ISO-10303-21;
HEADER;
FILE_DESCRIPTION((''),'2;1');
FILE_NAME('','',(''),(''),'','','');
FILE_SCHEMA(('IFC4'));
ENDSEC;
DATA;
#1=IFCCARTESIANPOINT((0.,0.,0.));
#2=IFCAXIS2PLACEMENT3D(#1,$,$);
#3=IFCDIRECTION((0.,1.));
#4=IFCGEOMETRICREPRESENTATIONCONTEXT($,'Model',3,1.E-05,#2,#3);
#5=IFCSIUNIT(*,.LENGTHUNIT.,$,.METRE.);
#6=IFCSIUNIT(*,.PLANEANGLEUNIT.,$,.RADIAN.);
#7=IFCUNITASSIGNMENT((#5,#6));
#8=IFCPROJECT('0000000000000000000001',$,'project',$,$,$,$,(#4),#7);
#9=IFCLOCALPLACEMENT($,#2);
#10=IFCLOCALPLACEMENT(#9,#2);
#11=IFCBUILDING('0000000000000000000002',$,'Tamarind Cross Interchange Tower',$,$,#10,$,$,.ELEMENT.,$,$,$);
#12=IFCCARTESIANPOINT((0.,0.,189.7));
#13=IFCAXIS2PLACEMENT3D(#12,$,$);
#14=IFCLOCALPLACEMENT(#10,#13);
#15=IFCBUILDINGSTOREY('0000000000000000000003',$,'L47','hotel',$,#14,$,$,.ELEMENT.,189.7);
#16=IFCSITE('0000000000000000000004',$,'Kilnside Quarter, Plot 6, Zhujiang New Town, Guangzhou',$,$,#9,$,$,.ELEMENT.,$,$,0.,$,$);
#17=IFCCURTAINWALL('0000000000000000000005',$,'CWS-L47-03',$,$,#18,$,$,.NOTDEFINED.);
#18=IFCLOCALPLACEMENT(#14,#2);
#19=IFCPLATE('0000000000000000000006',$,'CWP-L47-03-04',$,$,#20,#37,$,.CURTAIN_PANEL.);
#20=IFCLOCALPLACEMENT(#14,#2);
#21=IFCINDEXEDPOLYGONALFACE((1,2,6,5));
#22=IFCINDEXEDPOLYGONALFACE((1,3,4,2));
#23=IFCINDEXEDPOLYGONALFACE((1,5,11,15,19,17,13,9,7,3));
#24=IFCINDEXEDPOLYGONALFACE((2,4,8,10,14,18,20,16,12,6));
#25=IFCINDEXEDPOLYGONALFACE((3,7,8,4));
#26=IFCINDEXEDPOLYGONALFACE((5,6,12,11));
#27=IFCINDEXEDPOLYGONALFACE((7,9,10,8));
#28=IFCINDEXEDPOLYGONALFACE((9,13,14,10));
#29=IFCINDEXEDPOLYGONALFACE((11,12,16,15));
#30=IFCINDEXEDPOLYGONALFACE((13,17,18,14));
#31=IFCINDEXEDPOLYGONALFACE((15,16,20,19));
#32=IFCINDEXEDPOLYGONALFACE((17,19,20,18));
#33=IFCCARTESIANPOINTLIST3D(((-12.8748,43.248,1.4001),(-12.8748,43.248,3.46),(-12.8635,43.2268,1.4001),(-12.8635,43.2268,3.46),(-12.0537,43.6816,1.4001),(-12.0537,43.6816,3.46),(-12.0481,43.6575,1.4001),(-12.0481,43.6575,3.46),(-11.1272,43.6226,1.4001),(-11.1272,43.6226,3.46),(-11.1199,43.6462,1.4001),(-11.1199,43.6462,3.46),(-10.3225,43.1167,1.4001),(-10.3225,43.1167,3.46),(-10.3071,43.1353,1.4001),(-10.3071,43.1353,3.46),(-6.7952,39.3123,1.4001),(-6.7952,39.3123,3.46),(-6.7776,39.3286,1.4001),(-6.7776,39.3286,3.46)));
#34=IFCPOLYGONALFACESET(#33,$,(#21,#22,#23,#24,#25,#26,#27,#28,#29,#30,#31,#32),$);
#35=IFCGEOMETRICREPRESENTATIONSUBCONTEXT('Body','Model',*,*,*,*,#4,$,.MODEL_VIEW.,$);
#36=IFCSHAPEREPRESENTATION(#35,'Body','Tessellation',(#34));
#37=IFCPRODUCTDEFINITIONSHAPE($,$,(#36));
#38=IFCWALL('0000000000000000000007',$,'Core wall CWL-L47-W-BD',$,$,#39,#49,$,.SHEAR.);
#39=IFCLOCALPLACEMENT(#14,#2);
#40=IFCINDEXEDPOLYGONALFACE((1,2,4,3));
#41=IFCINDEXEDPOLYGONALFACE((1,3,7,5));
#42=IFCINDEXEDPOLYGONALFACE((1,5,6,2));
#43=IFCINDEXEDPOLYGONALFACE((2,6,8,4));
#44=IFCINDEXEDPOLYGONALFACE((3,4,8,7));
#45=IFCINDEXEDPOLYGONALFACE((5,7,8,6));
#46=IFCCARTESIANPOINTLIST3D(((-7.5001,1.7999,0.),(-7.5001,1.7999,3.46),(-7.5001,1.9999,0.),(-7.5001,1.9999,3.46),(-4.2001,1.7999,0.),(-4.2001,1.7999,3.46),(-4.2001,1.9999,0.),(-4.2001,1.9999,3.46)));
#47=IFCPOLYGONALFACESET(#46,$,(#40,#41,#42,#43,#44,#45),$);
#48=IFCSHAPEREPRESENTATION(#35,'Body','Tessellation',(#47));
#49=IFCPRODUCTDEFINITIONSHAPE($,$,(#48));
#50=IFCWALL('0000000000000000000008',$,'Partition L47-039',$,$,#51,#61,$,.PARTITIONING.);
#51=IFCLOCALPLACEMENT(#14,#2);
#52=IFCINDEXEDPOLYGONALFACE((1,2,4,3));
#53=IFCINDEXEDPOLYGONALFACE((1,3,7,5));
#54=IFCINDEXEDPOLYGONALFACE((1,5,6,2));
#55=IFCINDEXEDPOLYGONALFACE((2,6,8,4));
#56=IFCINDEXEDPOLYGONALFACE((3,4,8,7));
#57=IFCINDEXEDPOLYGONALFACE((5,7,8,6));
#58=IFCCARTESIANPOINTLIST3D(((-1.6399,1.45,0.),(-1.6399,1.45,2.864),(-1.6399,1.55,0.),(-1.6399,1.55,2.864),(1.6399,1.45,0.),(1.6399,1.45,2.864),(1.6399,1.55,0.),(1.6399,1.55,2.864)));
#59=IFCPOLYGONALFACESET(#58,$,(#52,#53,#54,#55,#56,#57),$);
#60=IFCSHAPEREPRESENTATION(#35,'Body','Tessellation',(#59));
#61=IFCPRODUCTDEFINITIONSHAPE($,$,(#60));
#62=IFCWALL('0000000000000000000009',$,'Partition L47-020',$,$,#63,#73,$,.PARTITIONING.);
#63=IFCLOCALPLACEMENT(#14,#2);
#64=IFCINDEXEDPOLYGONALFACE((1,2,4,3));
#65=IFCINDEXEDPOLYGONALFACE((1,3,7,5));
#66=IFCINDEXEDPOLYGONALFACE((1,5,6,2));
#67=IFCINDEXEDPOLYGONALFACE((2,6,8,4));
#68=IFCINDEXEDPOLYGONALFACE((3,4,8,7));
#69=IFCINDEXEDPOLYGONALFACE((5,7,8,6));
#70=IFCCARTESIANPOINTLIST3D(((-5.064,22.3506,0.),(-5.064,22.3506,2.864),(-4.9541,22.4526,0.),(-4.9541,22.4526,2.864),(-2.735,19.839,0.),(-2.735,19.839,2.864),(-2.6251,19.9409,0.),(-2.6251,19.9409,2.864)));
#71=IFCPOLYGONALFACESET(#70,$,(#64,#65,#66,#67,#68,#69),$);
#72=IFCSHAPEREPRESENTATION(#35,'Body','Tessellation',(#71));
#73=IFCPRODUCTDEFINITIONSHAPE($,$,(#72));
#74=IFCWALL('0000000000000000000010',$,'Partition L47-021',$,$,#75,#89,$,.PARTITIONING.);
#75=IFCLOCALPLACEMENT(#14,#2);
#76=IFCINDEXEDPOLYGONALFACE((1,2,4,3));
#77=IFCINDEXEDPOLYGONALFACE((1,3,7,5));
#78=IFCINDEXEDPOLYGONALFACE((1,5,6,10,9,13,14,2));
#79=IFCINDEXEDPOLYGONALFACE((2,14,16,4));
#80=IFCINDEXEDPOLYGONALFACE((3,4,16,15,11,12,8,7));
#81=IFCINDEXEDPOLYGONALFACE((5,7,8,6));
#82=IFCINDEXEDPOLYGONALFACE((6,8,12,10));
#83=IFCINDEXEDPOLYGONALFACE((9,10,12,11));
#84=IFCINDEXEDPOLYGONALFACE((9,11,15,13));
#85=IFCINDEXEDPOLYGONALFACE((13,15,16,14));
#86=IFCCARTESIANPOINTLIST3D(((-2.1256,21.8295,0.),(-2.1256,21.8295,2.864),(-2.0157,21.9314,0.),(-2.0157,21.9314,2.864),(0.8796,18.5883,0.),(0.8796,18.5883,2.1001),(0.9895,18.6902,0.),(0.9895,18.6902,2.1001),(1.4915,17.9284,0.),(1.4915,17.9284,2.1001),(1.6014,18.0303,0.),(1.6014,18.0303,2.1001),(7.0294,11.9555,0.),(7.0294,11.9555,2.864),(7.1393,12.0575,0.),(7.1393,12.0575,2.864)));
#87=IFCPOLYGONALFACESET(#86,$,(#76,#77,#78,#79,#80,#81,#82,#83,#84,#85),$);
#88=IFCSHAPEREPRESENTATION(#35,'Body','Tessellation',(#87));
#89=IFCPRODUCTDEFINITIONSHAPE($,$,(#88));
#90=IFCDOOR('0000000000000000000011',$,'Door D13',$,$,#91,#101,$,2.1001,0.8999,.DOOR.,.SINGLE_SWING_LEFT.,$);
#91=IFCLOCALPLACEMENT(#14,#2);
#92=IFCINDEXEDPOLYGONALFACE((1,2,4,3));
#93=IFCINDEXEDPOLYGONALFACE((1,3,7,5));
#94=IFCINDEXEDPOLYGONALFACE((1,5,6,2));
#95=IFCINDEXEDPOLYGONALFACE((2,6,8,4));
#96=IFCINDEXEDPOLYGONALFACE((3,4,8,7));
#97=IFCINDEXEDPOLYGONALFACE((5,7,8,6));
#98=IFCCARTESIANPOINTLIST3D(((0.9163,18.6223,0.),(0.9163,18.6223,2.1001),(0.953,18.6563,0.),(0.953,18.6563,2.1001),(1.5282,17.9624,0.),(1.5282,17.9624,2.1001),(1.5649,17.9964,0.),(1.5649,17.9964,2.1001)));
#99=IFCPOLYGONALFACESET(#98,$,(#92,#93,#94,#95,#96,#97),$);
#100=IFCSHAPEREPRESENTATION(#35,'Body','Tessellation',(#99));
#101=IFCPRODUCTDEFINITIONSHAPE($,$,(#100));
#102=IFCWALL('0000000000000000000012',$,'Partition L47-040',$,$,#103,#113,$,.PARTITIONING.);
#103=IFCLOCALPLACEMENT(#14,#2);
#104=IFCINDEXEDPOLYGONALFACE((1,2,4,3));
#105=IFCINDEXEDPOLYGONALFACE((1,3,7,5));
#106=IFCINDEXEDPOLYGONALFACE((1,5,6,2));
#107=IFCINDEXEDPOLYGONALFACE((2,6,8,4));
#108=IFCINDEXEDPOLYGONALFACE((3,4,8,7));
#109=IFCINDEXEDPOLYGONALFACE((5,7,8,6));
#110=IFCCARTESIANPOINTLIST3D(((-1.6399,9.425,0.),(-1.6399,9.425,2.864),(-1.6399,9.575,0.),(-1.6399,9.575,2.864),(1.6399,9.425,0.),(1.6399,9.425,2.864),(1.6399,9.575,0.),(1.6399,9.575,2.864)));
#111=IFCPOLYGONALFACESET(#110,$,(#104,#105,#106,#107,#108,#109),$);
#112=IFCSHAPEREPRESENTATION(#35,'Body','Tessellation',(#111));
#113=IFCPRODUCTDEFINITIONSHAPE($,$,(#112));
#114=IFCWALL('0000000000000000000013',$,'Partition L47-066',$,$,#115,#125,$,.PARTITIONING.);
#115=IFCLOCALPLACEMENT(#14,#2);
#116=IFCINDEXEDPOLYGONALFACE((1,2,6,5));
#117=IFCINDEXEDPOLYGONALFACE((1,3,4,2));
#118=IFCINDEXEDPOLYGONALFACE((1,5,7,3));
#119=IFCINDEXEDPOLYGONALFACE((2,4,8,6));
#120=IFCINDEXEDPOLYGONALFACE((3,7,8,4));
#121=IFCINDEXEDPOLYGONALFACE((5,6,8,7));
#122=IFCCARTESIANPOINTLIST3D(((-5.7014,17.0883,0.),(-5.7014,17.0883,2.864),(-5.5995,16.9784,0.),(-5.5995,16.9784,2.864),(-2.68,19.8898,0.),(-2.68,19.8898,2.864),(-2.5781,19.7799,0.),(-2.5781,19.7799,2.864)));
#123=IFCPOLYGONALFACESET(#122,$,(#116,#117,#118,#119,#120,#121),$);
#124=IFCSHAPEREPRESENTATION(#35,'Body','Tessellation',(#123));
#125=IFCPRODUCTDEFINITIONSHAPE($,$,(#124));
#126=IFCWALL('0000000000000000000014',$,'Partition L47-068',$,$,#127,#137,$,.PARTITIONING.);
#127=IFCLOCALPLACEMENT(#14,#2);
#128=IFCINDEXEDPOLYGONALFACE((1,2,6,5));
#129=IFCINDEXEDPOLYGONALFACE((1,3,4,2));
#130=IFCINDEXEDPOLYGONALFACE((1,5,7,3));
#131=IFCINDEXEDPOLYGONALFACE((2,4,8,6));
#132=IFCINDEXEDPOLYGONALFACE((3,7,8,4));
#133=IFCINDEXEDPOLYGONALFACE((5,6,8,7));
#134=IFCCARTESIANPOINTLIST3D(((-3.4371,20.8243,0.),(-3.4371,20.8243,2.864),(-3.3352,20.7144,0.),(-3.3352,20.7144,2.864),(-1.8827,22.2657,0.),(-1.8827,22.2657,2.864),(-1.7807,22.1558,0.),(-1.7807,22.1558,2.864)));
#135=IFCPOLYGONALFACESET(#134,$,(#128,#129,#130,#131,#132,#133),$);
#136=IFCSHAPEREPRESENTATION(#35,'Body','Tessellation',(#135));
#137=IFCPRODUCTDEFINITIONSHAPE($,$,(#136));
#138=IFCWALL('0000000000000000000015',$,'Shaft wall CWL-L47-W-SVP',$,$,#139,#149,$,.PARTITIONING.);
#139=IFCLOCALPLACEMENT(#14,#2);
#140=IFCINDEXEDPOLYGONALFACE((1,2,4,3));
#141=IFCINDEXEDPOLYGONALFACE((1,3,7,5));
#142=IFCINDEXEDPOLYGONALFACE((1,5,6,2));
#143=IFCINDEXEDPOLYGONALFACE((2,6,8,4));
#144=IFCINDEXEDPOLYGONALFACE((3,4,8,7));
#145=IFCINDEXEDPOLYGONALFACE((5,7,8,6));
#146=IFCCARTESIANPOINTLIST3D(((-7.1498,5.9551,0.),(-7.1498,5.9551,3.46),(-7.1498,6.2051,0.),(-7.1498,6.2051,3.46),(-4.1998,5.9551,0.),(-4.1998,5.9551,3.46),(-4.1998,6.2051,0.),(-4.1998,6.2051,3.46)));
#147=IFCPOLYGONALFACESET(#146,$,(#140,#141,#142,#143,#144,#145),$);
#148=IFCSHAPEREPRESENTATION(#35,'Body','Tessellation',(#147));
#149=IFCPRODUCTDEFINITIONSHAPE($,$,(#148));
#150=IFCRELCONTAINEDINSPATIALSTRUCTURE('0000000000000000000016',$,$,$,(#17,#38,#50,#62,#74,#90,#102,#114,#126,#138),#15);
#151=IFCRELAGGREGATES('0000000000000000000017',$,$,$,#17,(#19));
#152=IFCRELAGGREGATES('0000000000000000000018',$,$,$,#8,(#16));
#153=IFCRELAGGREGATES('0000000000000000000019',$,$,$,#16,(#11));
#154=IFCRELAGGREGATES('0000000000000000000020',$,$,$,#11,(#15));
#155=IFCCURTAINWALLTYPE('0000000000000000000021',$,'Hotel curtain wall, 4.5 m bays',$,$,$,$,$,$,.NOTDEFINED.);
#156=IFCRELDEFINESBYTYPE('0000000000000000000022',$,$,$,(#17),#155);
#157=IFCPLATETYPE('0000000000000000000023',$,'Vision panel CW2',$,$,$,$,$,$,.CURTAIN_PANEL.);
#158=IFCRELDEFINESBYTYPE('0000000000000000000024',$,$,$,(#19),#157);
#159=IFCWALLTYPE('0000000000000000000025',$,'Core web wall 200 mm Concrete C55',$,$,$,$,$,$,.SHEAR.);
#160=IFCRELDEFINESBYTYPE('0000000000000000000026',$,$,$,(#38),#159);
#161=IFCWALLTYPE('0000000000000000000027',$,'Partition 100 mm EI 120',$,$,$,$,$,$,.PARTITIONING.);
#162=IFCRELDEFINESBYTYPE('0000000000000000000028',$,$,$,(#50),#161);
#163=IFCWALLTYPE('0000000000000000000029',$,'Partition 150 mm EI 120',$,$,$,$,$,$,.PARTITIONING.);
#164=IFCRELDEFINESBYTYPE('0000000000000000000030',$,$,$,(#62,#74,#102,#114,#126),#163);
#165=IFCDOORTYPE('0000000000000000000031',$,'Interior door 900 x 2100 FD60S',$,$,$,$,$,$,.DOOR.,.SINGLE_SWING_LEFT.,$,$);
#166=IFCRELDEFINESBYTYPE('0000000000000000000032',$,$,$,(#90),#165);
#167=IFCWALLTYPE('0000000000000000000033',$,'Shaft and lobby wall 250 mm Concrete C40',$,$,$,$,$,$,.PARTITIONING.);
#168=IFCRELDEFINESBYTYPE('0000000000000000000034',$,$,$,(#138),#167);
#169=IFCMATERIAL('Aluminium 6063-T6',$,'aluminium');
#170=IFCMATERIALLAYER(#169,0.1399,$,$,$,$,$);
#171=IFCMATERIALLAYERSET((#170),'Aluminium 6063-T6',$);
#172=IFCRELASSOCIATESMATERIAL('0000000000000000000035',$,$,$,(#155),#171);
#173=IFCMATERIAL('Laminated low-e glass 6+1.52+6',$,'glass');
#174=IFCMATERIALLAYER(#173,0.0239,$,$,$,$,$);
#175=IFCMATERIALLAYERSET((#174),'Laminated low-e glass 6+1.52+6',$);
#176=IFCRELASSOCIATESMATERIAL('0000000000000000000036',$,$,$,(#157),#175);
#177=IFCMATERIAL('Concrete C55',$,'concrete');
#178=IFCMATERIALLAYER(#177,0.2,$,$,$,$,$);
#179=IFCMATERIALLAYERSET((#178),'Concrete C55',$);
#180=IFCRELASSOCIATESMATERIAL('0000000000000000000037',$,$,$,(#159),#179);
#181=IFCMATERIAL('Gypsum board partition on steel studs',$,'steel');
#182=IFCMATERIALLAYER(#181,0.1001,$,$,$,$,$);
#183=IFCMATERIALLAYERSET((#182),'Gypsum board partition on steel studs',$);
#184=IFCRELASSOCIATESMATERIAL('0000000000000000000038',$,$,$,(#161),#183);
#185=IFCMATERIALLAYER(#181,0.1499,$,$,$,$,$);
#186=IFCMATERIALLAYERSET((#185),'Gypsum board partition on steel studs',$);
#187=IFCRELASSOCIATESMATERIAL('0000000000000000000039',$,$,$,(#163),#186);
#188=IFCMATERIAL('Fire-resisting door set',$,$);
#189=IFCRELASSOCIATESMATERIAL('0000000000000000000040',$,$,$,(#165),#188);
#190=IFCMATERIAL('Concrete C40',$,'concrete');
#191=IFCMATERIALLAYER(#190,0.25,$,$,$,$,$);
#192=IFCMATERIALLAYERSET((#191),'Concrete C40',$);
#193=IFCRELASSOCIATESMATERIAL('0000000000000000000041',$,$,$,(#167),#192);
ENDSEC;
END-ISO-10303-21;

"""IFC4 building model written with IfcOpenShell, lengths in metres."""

from ifc_helpers import new_model, si_unit, direction, frame, frame_2d, origin, place, context, subcontext, project, spatial, polyline, rectangle, outline, extrude, material, layer, layer_set, type_object, element, fill, aggregate, save


model = new_model("IFC4")

# Units and contexts
model_context = context("Model", 3, precision=1e-05, world=origin(), true_north=direction((0.0, 1.0)))
body_context = subcontext(model_context, "Body", "Model", "MODEL_VIEW")
ifc_project = project(units=[si_unit("LENGTHUNIT", "METRE"), si_unit("PLANEANGLEUNIT", "RADIAN")], contexts=[model_context])

# Site, building, storey
site_placement = place(None, origin())
site = spatial("IfcSite", under=ifc_project, at=site_placement, Name="Kilnside Quarter, Plot 6, Zhujiang New Town, Guangzhou", CompositionType="ELEMENT", RefElevation=0.0)
building_placement = place(site_placement, origin())
building = spatial("IfcBuilding", under=site, at=building_placement, Name="Tamarind Cross Interchange Tower", CompositionType="ELEMENT")
storey_placement = place(building_placement, frame((0.0, 0.0, 189.7)))
storey = spatial("IfcBuildingStorey", under=building, at=storey_placement, Name="L47", Description="hotel", CompositionType="ELEMENT", Elevation=189.7)

# Shared definitions
ifc_material_1 = material(Name="Concrete C55", Category="concrete")

# Shared definitions
ifc_material_2 = material(Name="Aluminium 6063-T6", Category="aluminium")
ifc_layer_1 = layer(ifc_material_2, 0.1399)
ifc_layer_set_1 = layer_set([ifc_layer_1], Name="Aluminium 6063-T6")
curtain_wall_type = type_object("IfcCurtainWallType", Name="Hotel curtain wall, 4.5 m bays", PredefinedType="NOTDEFINED", material=ifc_layer_set_1)

# Curtain wall
curtain_wall_1_placement = place(storey_placement, origin())
curtain_wall_1 = element("IfcCurtainWall", 1, at=curtain_wall_1_placement, inside=storey, type_object=curtain_wall_type, Name="CWS-L47-03", PredefinedType="NOTDEFINED")

# Plate
ifc_material_3 = material(Name="Laminated low-e glass 6+1.52+6", Category="glass")
ifc_layer_2 = layer(ifc_material_3, 0.0239)
ifc_layer_set_2 = layer_set([ifc_layer_2], Name="Laminated low-e glass 6+1.52+6")
plate_type = type_object("IfcPlateType", Name="Vision panel CW2", PredefinedType="CURTAIN_PANEL", material=ifc_layer_set_2)
plate_1_placement = place(storey_placement, frame((0.0, 0.0, 1.4001)))
plate_1 = element("IfcPlate", 2, at=plate_1_placement, type_object=plate_type, Name="CWP-L47-03-04", PredefinedType="CURTAIN_PANEL", context=body_context, shape_type="SweptSolid", body=[
    extrude(outline(polyline([(-6.7952, 39.3123), (-10.3225, 43.1167), (-11.1272, 43.6226), (-12.0481, 43.6575), (-12.8635, 43.2268), (-12.8748, 43.248), (-12.0537, 43.6816), (-11.1199, 43.6462), (-10.3071, 43.1353), (-6.7776, 39.3286), (-6.7952, 39.3123)])), origin(), (0.0, 0.0, 1.0), 2.0598),
])
aggregate(curtain_wall_1, [plate_1])

# Walls
ifc_layer_3 = layer(ifc_material_1, 0.2)
ifc_layer_set_3 = layer_set([ifc_layer_3], Name="Concrete C55")
wall_type_1 = type_object("IfcWallType", Name="Core web wall 200 mm Concrete C55", PredefinedType="SHEAR", material=ifc_layer_set_3)
wall_1_placement = place(storey_placement, frame((-7.5, 1.8999, 0.0), z_axis=(0.0, 0.0, 1.0), x_axis=(1.0, 0.0, 0.0)))
element("IfcWall", 3, at=wall_1_placement, inside=storey, type_object=wall_type_1, Name="Core wall CWL-L47-W-BD", PredefinedType="SHEAR", context=body_context, shape_type="SweptSolid", body=[
    extrude(rectangle(XDim=3.3, YDim=0.2, at=frame_2d((1.6499, 0.0))), origin(), (0.0, 0.0, 1.0), 3.46),
])
ifc_material_4 = material(Name="Gypsum board partition on steel studs", Category="steel")
ifc_layer_4 = layer(ifc_material_4, 0.1001)
ifc_layer_set_4 = layer_set([ifc_layer_4], Name="Gypsum board partition on steel studs")
wall_type_2 = type_object("IfcWallType", Name="Partition 100 mm EI 120", PredefinedType="PARTITIONING", material=ifc_layer_set_4)
wall_2_placement = place(storey_placement, frame((-1.6399, 1.5, 0.0), z_axis=(0.0, 0.0, 1.0), x_axis=(1.0, 0.0, 0.0)))
element("IfcWall", 4, at=wall_2_placement, inside=storey, type_object=wall_type_2, Name="Partition L47-039", PredefinedType="PARTITIONING", context=body_context, shape_type="SweptSolid", body=[
    extrude(rectangle(XDim=3.2798, YDim=0.1001, at=frame_2d((1.6399, 0.0))), origin(), (0.0, 0.0, 1.0), 2.864),
])
ifc_layer_5 = layer(ifc_material_4, 0.1499)
ifc_layer_set_5 = layer_set([ifc_layer_5], Name="Gypsum board partition on steel studs")
wall_type_3 = type_object("IfcWallType", Name="Partition 150 mm EI 120", PredefinedType="PARTITIONING", material=ifc_layer_set_5)
wall_3_placement = place(storey_placement, frame((-5.009, 22.4016, 0.0), z_axis=(0.0, 0.0, 1.0), x_axis=(0.679948, -0.73326, 0.0)))
element("IfcWall", 5, at=wall_3_placement, inside=storey, type_object=wall_type_3, Name="Partition L47-020", PredefinedType="PARTITIONING", context=body_context, shape_type="SweptSolid", body=[
    extrude(rectangle(XDim=3.4253, YDim=0.1499, at=frame_2d((1.7126, 0.0))), origin(), (0.0, 0.0, 1.0), 2.864),
])

# Wall, opening, door
wall_4_placement = place(storey_placement, frame((-2.0706, 21.8804, 0.0), z_axis=(0.0, 0.0, 1.0), x_axis=(0.679904, -0.733301, 0.0)))
wall_4 = element("IfcWall", 6, at=wall_4_placement, inside=storey, type_object=wall_type_3, Name="Partition L47-021", PredefinedType="PARTITIONING", context=body_context, shape_type="SweptSolid", body=[
    extrude(rectangle(XDim=13.4651, YDim=0.1499, at=frame_2d((6.7324, 0.0))), origin(), (0.0, 0.0, 1.0), 2.864),
])
opening_placement = place(wall_4_placement, frame((4.4199, 0.0, 0.0)))
opening = element("IfcOpeningElement", 7, at=opening_placement, cuts=wall_4, PredefinedType="OPENING", context=body_context, shape_type="SweptSolid", body=[
    extrude(rectangle(XDim=0.8999, YDim=2.1001, at=frame_2d((0.45, 1.05))), frame((0.0, 0.085, 0.0), z_axis=(0.0, -1.0, 0.0), x_axis=(1.0, 0.0, 0.0)), (0.0, 0.0, 1.0), 0.1699),
])
ifc_material_5 = material(Name="Fire-resisting door set")
door_type = type_object("IfcDoorType", Name="Interior door 900 x 2100 FD60S", OperationType="SINGLE_SWING_LEFT", PredefinedType="DOOR", material=ifc_material_5)
door_placement = place(opening_placement, frame((0.8999, 0.0, 0.0), z_axis=(0.0, 0.0, 1.0), x_axis=(-1.0, 0.0, 0.0)))
door = element("IfcDoor", 8, at=door_placement, inside=storey, type_object=door_type, Name="Door D13", OperationType="SINGLE_SWING_LEFT", OverallHeight=2.1001, OverallWidth=0.8999, PredefinedType="DOOR", context=body_context, shape_type="SweptSolid", body=[
    extrude(rectangle(XDim=0.8999, YDim=2.1001, at=frame_2d((0.45, 1.05))), frame((0.0, 0.0249, 0.0), z_axis=(0.0, -1.0, 0.0), x_axis=(1.0, 0.0, 0.0)), (0.0, 0.0, 1.0), 0.05),
])
fill(opening, door)

# Walls
wall_5_placement = place(storey_placement, frame((-1.6399, 9.5, 0.0), z_axis=(0.0, 0.0, 1.0), x_axis=(1.0, 0.0, 0.0)))
element("IfcWall", 9, at=wall_5_placement, inside=storey, type_object=wall_type_3, Name="Partition L47-040", PredefinedType="PARTITIONING", context=body_context, shape_type="SweptSolid", body=[
    extrude(rectangle(XDim=3.2798, YDim=0.1499, at=frame_2d((1.6399, 0.0))), origin(), (0.0, 0.0, 1.0), 2.864),
])
wall_6_placement = place(storey_placement, frame((-5.6504, 17.0334, 0.0), z_axis=(0.0, 0.0, 1.0), x_axis=(0.733296, 0.67991, 0.0)))
element("IfcWall", 10, at=wall_6_placement, inside=storey, type_object=wall_type_3, Name="Partition L47-066", PredefinedType="PARTITIONING", context=body_context, shape_type="SweptSolid", body=[
    extrude(rectangle(XDim=4.1204, YDim=0.1499, at=frame_2d((2.0601, 0.0))), origin(), (0.0, 0.0, 1.0), 2.864),
])
wall_7_placement = place(storey_placement, frame((-3.3862, 20.7693, 0.0), z_axis=(0.0, 0.0, 1.0), x_axis=(0.733265, 0.679943, 0.0)))
element("IfcWall", 11, at=wall_7_placement, inside=storey, type_object=wall_type_3, Name="Partition L47-068", PredefinedType="PARTITIONING", context=body_context, shape_type="SweptSolid", body=[
    extrude(rectangle(XDim=2.1199, YDim=0.1499, at=frame_2d((1.0601, 0.0))), origin(), (0.0, 0.0, 1.0), 2.864),
])
ifc_material_6 = material(Name="Concrete C40", Category="concrete")
ifc_layer_6 = layer(ifc_material_6, 0.25)
ifc_layer_set_6 = layer_set([ifc_layer_6], Name="Concrete C40")
wall_type_4 = type_object("IfcWallType", Name="Shaft and lobby wall 250 mm Concrete C40", PredefinedType="PARTITIONING", material=ifc_layer_set_6)
wall_8_placement = place(storey_placement, frame((-7.1499, 6.0801, 0.0), z_axis=(0.0, 0.0, 1.0), x_axis=(1.0, 0.0, 0.0)))
element("IfcWall", 12, at=wall_8_placement, inside=storey, type_object=wall_type_4, Name="Shaft wall CWL-L47-W-SVP", PredefinedType="PARTITIONING", context=body_context, shape_type="SweptSolid", body=[
    extrude(rectangle(XDim=2.95, YDim=0.25, at=frame_2d((1.4751, 0.0))), origin(), (0.0, 0.0, 1.0), 3.46),
])

save(model, "model.ifc")
